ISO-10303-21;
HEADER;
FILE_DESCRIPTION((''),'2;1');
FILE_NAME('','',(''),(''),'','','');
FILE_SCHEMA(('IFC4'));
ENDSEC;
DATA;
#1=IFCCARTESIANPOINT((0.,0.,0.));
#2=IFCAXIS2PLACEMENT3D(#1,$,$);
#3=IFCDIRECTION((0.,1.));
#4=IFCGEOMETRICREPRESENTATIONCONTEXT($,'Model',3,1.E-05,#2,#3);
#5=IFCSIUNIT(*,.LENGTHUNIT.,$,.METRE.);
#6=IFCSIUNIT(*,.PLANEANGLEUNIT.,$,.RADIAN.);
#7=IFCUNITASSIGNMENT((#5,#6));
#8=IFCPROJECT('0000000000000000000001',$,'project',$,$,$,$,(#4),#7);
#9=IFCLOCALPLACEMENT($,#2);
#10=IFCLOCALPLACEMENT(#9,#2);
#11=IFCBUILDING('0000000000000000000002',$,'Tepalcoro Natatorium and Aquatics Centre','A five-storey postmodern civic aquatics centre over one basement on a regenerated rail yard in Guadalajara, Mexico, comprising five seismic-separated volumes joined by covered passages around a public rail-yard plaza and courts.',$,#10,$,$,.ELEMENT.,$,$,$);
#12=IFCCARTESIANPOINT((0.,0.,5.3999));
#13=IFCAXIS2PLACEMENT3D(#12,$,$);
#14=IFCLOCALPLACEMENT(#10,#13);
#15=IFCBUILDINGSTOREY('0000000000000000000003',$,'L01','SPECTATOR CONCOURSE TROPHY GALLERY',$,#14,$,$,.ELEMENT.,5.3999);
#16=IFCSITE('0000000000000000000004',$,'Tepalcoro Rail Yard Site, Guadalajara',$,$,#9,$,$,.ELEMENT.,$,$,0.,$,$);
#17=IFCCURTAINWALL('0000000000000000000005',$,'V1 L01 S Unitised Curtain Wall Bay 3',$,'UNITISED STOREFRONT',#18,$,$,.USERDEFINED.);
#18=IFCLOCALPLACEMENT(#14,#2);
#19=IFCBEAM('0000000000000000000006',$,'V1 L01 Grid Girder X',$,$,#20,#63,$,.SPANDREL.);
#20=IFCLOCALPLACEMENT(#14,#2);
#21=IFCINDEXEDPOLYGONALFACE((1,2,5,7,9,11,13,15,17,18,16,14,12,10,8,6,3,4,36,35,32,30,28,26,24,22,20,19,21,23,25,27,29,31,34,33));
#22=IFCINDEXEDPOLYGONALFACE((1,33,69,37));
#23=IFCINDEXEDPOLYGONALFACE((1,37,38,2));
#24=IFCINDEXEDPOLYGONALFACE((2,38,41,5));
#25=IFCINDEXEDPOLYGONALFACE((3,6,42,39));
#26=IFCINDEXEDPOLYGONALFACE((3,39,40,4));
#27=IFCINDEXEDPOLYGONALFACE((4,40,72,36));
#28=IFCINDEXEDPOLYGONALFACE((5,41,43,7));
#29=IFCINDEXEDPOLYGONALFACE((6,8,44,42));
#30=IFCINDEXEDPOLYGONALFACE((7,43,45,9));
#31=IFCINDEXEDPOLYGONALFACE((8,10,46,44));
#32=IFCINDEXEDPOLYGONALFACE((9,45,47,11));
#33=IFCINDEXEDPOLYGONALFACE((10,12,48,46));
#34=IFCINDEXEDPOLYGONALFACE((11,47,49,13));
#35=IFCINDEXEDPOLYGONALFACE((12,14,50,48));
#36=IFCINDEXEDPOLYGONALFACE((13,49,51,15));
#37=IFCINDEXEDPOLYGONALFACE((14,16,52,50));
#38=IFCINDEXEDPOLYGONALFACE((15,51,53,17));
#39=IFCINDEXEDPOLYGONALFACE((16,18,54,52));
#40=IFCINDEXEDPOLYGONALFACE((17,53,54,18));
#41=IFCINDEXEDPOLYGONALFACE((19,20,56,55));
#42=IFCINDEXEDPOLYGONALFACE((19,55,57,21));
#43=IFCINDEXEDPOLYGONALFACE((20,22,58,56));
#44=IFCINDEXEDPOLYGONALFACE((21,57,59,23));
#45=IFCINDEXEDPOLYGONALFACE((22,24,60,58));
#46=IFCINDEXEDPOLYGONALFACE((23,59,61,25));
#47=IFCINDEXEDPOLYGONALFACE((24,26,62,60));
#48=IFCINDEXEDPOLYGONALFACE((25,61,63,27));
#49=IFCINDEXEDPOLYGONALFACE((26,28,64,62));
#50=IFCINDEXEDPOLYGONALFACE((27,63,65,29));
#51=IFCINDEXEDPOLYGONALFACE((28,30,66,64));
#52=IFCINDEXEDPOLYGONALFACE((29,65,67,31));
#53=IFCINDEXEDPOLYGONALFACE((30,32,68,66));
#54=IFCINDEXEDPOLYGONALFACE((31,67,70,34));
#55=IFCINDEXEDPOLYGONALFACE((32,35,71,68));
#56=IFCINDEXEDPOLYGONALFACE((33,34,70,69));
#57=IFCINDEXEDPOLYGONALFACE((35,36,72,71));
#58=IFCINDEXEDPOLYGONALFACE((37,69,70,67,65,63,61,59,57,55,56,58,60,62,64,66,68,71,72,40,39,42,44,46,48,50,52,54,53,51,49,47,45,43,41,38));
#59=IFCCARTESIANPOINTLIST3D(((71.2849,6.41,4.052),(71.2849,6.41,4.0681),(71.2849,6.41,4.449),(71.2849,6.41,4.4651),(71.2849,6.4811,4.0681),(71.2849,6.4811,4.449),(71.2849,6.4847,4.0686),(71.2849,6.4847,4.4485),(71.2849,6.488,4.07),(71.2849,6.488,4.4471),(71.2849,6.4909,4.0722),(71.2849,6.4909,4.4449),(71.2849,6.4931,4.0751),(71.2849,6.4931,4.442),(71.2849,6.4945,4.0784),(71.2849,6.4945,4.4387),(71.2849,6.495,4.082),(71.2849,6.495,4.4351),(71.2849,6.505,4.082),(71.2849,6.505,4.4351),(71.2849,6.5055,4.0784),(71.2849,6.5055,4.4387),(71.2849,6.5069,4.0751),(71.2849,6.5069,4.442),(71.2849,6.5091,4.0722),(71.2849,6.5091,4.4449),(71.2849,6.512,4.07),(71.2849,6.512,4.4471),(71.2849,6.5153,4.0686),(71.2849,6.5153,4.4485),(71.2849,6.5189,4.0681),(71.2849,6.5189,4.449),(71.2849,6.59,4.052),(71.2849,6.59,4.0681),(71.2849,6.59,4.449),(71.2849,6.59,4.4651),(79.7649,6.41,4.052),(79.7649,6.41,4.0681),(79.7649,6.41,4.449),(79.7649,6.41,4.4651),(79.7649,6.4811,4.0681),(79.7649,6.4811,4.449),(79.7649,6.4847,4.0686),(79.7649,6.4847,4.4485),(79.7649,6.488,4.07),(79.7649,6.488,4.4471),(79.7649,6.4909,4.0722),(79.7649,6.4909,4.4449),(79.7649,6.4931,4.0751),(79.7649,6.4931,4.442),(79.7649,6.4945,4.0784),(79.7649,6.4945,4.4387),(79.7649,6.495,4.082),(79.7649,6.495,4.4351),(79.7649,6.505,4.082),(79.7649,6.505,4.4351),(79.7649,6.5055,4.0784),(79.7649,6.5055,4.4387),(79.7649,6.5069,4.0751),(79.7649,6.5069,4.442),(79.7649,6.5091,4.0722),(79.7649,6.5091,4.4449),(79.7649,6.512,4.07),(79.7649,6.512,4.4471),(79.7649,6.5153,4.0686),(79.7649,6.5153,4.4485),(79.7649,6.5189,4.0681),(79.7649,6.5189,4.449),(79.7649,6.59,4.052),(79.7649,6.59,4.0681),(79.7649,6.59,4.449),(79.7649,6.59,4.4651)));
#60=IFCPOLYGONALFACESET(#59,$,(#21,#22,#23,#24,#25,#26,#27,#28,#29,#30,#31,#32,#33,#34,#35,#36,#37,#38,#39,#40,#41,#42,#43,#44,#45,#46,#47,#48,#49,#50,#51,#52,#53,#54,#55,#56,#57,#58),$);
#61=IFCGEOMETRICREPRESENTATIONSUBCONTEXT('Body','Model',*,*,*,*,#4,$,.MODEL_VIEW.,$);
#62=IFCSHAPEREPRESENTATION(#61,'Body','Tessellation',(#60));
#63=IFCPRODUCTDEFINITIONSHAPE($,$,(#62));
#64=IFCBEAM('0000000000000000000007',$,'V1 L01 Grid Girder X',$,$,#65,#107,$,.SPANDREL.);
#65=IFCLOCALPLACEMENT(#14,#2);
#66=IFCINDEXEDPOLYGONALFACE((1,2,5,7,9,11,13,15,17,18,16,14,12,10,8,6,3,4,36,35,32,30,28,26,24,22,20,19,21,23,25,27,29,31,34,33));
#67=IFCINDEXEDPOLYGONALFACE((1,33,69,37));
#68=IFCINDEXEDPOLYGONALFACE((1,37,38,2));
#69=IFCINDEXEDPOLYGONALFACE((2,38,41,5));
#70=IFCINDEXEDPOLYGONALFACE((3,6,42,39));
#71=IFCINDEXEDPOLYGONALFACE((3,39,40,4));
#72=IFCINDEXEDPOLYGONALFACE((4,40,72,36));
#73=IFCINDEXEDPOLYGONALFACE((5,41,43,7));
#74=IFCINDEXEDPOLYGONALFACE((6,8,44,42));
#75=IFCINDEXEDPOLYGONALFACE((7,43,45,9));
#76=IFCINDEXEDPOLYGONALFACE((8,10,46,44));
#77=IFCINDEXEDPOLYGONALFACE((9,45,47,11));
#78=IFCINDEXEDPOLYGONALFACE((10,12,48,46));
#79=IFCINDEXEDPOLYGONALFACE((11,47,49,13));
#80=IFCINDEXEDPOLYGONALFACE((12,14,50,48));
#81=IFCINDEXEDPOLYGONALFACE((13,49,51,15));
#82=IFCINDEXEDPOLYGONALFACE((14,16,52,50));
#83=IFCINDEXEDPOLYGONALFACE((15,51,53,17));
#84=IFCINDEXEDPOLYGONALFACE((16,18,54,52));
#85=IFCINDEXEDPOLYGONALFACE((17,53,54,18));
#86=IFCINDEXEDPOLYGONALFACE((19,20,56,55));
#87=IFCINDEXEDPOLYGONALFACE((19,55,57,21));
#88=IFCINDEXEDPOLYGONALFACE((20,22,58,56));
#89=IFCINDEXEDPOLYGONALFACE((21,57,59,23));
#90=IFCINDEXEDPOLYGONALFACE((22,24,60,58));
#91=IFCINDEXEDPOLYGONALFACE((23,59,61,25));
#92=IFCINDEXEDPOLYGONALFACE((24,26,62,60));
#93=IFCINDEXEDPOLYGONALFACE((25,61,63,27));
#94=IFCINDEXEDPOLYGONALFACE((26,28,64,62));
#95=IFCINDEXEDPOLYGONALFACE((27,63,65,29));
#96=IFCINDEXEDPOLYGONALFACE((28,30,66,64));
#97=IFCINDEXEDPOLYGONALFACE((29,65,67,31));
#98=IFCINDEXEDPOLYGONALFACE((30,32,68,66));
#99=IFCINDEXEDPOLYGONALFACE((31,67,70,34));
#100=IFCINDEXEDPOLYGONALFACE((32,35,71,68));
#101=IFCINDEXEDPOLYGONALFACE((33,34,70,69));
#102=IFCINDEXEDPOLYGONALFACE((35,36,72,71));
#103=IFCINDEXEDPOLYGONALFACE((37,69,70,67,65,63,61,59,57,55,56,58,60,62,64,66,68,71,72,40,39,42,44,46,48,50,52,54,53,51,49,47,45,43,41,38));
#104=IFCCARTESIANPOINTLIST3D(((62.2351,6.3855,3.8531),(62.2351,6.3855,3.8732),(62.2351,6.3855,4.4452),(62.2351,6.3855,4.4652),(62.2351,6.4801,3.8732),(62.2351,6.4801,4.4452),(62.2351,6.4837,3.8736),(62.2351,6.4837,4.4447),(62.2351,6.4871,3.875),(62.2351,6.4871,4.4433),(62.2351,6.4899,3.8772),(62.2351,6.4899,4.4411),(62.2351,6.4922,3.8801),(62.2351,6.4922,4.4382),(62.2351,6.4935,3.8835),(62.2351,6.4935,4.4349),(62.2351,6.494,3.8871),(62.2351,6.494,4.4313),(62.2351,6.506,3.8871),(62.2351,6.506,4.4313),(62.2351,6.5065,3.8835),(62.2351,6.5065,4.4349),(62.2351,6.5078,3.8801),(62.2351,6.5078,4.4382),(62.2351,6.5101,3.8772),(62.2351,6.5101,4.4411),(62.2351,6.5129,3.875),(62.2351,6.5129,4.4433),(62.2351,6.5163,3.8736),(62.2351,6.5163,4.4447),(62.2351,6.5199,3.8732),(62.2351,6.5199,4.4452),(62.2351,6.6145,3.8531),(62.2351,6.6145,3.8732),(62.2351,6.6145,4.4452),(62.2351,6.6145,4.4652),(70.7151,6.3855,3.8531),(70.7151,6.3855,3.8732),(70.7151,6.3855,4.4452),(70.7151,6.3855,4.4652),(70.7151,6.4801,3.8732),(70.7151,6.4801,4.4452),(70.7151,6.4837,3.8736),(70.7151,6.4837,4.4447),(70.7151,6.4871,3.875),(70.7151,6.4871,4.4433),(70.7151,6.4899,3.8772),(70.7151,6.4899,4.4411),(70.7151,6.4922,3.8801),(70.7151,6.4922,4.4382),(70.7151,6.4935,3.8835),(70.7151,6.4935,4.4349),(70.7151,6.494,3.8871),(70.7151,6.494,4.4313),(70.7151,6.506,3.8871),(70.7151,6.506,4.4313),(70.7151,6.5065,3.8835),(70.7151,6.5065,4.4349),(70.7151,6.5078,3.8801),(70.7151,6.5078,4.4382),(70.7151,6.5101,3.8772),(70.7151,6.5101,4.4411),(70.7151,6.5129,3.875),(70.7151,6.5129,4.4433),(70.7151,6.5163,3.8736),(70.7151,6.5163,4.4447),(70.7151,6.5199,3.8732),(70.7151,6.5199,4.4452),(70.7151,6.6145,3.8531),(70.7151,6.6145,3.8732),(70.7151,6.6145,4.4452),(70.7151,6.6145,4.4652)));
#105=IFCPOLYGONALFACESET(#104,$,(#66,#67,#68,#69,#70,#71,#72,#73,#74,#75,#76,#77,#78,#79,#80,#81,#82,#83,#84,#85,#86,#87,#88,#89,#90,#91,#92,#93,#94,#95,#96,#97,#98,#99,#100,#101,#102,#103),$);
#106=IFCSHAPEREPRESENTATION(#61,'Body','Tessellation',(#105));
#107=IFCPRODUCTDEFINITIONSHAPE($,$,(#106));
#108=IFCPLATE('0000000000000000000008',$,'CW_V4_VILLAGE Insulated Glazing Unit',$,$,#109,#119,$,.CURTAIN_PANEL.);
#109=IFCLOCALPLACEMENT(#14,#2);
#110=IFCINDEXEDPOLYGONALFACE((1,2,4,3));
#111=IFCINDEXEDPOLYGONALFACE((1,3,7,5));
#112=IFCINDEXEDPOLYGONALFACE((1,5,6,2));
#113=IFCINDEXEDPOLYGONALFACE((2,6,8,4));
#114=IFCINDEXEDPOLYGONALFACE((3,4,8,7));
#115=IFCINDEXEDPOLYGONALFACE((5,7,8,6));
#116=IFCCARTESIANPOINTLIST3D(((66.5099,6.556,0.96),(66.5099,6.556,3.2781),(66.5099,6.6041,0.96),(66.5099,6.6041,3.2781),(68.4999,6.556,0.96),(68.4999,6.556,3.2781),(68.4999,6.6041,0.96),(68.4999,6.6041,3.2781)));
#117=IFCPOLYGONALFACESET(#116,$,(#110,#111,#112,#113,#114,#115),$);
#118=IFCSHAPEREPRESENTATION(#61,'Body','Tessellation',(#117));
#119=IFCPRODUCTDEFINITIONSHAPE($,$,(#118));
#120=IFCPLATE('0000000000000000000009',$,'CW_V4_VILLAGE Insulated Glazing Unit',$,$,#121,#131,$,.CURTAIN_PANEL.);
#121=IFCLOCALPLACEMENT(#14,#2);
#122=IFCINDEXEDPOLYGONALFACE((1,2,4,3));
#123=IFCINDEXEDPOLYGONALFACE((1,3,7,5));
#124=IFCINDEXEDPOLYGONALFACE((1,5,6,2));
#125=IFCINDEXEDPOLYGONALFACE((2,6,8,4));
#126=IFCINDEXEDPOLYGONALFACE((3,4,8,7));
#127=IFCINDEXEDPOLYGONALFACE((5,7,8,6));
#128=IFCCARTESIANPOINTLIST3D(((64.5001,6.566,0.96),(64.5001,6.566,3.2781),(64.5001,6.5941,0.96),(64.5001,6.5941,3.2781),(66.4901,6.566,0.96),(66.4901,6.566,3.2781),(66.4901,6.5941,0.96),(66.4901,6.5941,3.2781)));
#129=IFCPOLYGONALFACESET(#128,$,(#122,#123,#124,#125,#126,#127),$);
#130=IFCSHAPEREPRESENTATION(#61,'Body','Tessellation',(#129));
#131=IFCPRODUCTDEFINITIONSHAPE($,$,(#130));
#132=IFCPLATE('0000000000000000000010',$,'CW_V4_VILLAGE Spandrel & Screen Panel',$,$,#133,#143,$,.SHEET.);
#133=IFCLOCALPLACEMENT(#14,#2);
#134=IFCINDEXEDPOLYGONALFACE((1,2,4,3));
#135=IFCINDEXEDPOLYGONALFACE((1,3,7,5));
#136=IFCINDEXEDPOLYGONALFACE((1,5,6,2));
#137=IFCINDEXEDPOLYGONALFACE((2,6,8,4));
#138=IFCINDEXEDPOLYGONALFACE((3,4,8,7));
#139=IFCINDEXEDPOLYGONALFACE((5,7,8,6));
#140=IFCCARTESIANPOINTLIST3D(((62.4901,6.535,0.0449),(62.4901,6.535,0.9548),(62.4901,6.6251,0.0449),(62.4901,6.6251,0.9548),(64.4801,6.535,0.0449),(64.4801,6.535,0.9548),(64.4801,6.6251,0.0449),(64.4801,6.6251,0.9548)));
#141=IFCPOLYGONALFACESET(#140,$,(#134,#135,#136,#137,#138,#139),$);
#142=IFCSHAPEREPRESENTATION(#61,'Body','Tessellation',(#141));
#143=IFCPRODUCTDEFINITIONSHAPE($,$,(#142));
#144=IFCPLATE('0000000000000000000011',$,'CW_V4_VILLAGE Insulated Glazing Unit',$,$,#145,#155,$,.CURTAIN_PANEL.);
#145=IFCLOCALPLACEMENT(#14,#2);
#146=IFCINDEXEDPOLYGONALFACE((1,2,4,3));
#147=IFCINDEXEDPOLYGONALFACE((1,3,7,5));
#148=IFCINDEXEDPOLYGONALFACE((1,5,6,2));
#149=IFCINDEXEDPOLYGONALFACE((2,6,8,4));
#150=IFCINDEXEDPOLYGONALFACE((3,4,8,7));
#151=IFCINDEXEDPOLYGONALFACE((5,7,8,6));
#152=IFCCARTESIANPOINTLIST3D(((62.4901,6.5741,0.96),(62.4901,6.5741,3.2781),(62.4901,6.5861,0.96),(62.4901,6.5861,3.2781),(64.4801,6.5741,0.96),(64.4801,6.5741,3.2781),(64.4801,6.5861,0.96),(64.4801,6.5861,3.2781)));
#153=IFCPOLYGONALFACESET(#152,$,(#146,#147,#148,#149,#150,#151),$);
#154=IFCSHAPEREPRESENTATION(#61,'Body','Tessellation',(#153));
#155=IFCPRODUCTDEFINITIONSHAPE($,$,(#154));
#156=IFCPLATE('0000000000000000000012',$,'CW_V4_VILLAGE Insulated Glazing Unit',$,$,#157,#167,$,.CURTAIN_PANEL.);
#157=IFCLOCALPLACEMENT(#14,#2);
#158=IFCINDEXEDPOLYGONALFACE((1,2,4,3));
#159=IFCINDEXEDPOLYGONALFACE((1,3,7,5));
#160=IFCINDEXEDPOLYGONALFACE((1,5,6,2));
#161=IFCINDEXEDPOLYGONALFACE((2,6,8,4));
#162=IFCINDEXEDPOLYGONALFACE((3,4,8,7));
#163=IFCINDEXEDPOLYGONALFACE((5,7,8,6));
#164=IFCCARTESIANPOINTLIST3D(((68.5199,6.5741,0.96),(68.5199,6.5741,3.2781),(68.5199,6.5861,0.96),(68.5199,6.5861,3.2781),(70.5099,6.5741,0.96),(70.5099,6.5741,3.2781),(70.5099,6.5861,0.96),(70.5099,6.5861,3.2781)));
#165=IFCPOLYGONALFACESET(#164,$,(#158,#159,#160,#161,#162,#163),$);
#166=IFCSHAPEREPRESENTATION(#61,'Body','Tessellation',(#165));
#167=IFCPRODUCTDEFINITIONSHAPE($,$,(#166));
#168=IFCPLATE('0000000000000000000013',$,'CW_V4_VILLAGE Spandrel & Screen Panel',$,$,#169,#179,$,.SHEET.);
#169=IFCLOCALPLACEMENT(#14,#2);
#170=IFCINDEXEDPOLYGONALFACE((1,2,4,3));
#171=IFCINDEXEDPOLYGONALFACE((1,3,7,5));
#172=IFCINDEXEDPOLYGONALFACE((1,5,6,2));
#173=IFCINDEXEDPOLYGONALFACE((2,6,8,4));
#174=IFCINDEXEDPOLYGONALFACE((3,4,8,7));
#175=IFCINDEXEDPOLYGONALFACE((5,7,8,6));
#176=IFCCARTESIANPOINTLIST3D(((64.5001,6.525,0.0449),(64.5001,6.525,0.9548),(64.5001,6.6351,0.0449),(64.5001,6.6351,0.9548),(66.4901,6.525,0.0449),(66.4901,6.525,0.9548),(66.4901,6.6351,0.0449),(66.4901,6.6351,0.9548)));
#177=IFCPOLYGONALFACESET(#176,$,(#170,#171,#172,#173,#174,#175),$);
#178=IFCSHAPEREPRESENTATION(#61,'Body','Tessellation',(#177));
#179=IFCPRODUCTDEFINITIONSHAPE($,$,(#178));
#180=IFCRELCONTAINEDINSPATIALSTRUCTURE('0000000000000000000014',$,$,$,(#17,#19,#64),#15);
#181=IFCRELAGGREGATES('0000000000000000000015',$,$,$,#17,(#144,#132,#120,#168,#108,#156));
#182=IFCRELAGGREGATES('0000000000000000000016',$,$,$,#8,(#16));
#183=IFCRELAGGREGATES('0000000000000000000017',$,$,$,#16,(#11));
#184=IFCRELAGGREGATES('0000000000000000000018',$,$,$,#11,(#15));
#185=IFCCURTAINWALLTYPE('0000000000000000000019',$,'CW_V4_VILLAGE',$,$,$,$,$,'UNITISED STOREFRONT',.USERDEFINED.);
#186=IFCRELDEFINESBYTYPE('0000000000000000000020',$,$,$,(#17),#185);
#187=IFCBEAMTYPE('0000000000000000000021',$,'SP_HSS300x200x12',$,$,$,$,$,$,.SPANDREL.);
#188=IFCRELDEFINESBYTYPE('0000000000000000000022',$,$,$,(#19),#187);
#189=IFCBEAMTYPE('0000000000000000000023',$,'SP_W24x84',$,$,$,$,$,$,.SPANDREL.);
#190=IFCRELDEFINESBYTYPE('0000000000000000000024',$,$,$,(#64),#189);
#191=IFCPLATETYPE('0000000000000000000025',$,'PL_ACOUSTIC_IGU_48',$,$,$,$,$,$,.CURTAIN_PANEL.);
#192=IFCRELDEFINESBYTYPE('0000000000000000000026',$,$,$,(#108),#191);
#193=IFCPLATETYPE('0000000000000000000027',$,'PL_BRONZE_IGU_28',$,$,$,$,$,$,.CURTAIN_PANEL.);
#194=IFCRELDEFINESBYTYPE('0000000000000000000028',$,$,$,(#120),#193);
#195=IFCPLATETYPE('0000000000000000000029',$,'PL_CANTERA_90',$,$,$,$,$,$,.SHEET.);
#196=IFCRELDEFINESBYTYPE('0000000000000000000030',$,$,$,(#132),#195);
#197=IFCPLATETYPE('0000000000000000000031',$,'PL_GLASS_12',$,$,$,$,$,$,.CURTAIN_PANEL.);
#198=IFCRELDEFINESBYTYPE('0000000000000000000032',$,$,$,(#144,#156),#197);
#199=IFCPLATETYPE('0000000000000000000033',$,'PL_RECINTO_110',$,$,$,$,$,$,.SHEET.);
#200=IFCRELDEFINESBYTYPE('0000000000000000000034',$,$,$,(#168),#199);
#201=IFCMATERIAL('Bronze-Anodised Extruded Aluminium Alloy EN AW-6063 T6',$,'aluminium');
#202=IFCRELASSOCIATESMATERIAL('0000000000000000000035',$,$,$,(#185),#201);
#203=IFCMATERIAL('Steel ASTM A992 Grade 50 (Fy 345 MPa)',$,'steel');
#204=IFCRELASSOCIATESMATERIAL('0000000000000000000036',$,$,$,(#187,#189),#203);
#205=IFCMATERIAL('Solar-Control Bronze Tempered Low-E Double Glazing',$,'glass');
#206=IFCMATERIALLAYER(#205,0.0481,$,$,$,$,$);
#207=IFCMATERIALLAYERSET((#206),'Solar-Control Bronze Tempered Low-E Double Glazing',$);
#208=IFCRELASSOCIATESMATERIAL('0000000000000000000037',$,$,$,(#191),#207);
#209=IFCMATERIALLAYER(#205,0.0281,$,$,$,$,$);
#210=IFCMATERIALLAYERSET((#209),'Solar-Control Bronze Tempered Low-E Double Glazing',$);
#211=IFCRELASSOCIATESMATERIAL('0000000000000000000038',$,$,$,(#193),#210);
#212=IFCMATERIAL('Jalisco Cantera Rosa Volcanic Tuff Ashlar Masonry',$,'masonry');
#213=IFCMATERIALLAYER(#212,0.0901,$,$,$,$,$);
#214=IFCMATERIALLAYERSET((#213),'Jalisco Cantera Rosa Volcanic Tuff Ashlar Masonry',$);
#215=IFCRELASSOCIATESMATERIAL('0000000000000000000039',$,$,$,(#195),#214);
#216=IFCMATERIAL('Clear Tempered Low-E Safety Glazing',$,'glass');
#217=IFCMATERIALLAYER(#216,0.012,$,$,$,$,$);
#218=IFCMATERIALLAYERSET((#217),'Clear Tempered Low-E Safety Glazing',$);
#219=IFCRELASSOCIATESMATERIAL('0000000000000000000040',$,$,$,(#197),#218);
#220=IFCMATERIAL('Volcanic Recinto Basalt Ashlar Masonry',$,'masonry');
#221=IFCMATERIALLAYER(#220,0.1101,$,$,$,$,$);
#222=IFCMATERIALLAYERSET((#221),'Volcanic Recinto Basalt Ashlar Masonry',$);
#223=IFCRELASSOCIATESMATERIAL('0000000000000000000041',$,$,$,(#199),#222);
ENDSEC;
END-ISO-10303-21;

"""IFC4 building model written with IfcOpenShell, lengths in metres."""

from ifc_helpers import new_model, si_unit, direction, frame, origin, origin_2d, place, context, subcontext, project, spatial, rectangle, i_section, extrude, material, layer, layer_set, material_profile, profile_set, type_object, element, aggregate, save


model = new_model("IFC4")

# Units and contexts
model_context = context("Model", 3, precision=1e-05, world=origin(), true_north=direction((0.0, 1.0)))
body_context = subcontext(model_context, "Body", "Model", "MODEL_VIEW")
ifc_project = project(units=[si_unit("LENGTHUNIT", "METRE"), si_unit("PLANEANGLEUNIT", "RADIAN")], contexts=[model_context])

# Site, building, storey
site_placement = place(None, origin())
site = spatial("IfcSite", under=ifc_project, at=site_placement, Name="Tepalcoro Rail Yard Site, Guadalajara", CompositionType="ELEMENT", RefElevation=0.0)
building_placement = place(site_placement, origin())
building = spatial("IfcBuilding", under=site, at=building_placement, Name="Tepalcoro Natatorium and Aquatics Centre", Description="A five-storey postmodern civic aquatics centre over one basement on a regenerated rail yard in Guadalajara, Mexico, comprising five seismic-separated volumes joined by covered passages around a public rail-yard plaza and courts.", CompositionType="ELEMENT")
storey_placement = place(building_placement, frame((0.0, 0.0, 5.3999)))
storey = spatial("IfcBuildingStorey", under=building, at=storey_placement, Name="L01", Description="SPECTATOR CONCOURSE TROPHY GALLERY", CompositionType="ELEMENT", Elevation=5.3999)

# Curtain wall
ifc_material_1 = material(Name="Bronze-Anodised Extruded Aluminium Alloy EN AW-6063 T6", Category="aluminium")
curtain_wall_type = type_object("IfcCurtainWallType", Name="CW_V4_VILLAGE", ElementType="UNITISED STOREFRONT", PredefinedType="USERDEFINED", material=ifc_material_1)
curtain_wall_placement = place(storey_placement, origin())
curtain_wall = element("IfcCurtainWall", 1, at=curtain_wall_placement, inside=storey, type_object=curtain_wall_type, Name="V1 L01 S Unitised Curtain Wall Bay 3", ObjectType="UNITISED STOREFRONT", PredefinedType="USERDEFINED")

# Beams
ifc_material_2 = material(Name="Steel ASTM A992 Grade 50 (Fy 345 MPa)", Category="steel")
ifc_material_profile_1 = material_profile(ifc_material_2, i_section(OverallWidth=0.1799, OverallDepth=0.4131, WebThickness=0.01, FlangeThickness=0.0161, FilletRadius=0.0139, at=origin_2d()), Name="W16X50")
ifc_profile_set_1 = profile_set([ifc_material_profile_1], Name="Steel ASTM A992 Grade 50 (Fy 345 MPa)")
beam_type_1 = type_object("IfcBeamType", Name="SP_HSS300x200x12", PredefinedType="SPANDREL", material=ifc_profile_set_1)
beam_1_placement = place(storey_placement, frame((71.2849, 6.5, 4.2585), z_axis=(1.0, 0.0, 0.0), x_axis=(0.0, 1.0, 0.0)))
element("IfcBeam", 2, at=beam_1_placement, inside=storey, type_object=beam_type_1, Name="V1 L01 Grid Girder X", PredefinedType="SPANDREL", context=body_context, shape_type="SweptSolid", body=[
    extrude(i_section(OverallWidth=0.1799, OverallDepth=0.4131, WebThickness=0.01, FlangeThickness=0.0161, FilletRadius=0.0139, at=origin_2d()), origin(), (0.0, 0.0, 1.0), 8.48),
])
ifc_material_profile_2 = material_profile(ifc_material_2, i_section(OverallWidth=0.229, OverallDepth=0.6121, WebThickness=0.012, FlangeThickness=0.02, FilletRadius=0.0139, at=origin_2d()), Name="W24X84")
ifc_profile_set_2 = profile_set([ifc_material_profile_2], Name="Steel ASTM A992 Grade 50 (Fy 345 MPa)")
beam_type_2 = type_object("IfcBeamType", Name="SP_W24x84", PredefinedType="SPANDREL", material=ifc_profile_set_2)
beam_2_placement = place(storey_placement, frame((62.2351, 6.5, 4.1592), z_axis=(1.0, 0.0, 0.0), x_axis=(0.0, 1.0, 0.0)))
element("IfcBeam", 3, at=beam_2_placement, inside=storey, type_object=beam_type_2, Name="V1 L01 Grid Girder X", PredefinedType="SPANDREL", context=body_context, shape_type="SweptSolid", body=[
    extrude(i_section(OverallWidth=0.229, OverallDepth=0.6121, WebThickness=0.012, FlangeThickness=0.02, FilletRadius=0.0139, at=origin_2d()), origin(), (0.0, 0.0, 1.0), 8.48),
])

# Plates
ifc_material_3 = material(Name="Solar-Control Bronze Tempered Low-E Double Glazing", Category="glass")
ifc_layer_1 = layer(ifc_material_3, 0.0481)
ifc_layer_set_1 = layer_set([ifc_layer_1], Name="Solar-Control Bronze Tempered Low-E Double Glazing")
plate_type_1 = type_object("IfcPlateType", Name="PL_ACOUSTIC_IGU_48", PredefinedType="CURTAIN_PANEL", material=ifc_layer_set_1)
plate_1_placement = place(storey_placement, frame((67.5049, 6.5801, 0.96), z_axis=(0.0, 0.0, 1.0), x_axis=(1.0, 0.0, 0.0)))
plate_1 = element("IfcPlate", 4, at=plate_1_placement, type_object=plate_type_1, Name="CW_V4_VILLAGE Insulated Glazing Unit", PredefinedType="CURTAIN_PANEL", context=body_context, shape_type="SweptSolid", body=[
    extrude(rectangle(XDim=1.99, YDim=0.0481, at=origin_2d()), origin(), (0.0, 0.0, 1.0), 2.3181),
])
ifc_layer_2 = layer(ifc_material_3, 0.0281)
ifc_layer_set_2 = layer_set([ifc_layer_2], Name="Solar-Control Bronze Tempered Low-E Double Glazing")
plate_type_2 = type_object("IfcPlateType", Name="PL_BRONZE_IGU_28", PredefinedType="CURTAIN_PANEL", material=ifc_layer_set_2)
plate_2_placement = place(storey_placement, frame((65.4951, 6.5801, 0.96), z_axis=(0.0, 0.0, 1.0), x_axis=(1.0, 0.0, 0.0)))
plate_2 = element("IfcPlate", 5, at=plate_2_placement, type_object=plate_type_2, Name="CW_V4_VILLAGE Insulated Glazing Unit", PredefinedType="CURTAIN_PANEL", context=body_context, shape_type="SweptSolid", body=[
    extrude(rectangle(XDim=1.99, YDim=0.0281, at=origin_2d()), origin(), (0.0, 0.0, 1.0), 2.3181),
])
ifc_material_4 = material(Name="Jalisco Cantera Rosa Volcanic Tuff Ashlar Masonry", Category="masonry")
ifc_layer_3 = layer(ifc_material_4, 0.0901)
ifc_layer_set_3 = layer_set([ifc_layer_3], Name="Jalisco Cantera Rosa Volcanic Tuff Ashlar Masonry")
plate_type_3 = type_object("IfcPlateType", Name="PL_CANTERA_90", PredefinedType="SHEET", material=ifc_layer_set_3)
plate_3_placement = place(storey_placement, frame((63.4851, 6.5801, 0.0449), z_axis=(0.0, 0.0, 1.0), x_axis=(1.0, 0.0, 0.0)))
plate_3 = element("IfcPlate", 6, at=plate_3_placement, type_object=plate_type_3, Name="CW_V4_VILLAGE Spandrel & Screen Panel", PredefinedType="SHEET", context=body_context, shape_type="SweptSolid", body=[
    extrude(rectangle(XDim=1.99, YDim=0.0901, at=origin_2d()), origin(), (0.0, 0.0, 1.0), 0.9099),
])
ifc_material_5 = material(Name="Clear Tempered Low-E Safety Glazing", Category="glass")
ifc_layer_4 = layer(ifc_material_5, 0.012)
ifc_layer_set_4 = layer_set([ifc_layer_4], Name="Clear Tempered Low-E Safety Glazing")
plate_type_4 = type_object("IfcPlateType", Name="PL_GLASS_12", PredefinedType="CURTAIN_PANEL", material=ifc_layer_set_4)
plate_4_placement = place(storey_placement, frame((63.4851, 6.5801, 0.96), z_axis=(0.0, 0.0, 1.0), x_axis=(1.0, 0.0, 0.0)))
plate_4 = element("IfcPlate", 7, at=plate_4_placement, type_object=plate_type_4, Name="CW_V4_VILLAGE Insulated Glazing Unit", PredefinedType="CURTAIN_PANEL", context=body_context, shape_type="SweptSolid", body=[
    extrude(rectangle(XDim=1.99, YDim=0.012, at=origin_2d()), origin(), (0.0, 0.0, 1.0), 2.3181),
])
plate_5_placement = place(storey_placement, frame((69.5149, 6.5801, 0.96), z_axis=(0.0, 0.0, 1.0), x_axis=(1.0, 0.0, 0.0)))
plate_5 = element("IfcPlate", 8, at=plate_5_placement, type_object=plate_type_4, Name="CW_V4_VILLAGE Insulated Glazing Unit", PredefinedType="CURTAIN_PANEL", context=body_context, shape_type="SweptSolid", body=[
    extrude(rectangle(XDim=1.99, YDim=0.012, at=origin_2d()), origin(), (0.0, 0.0, 1.0), 2.3181),
])
ifc_material_6 = material(Name="Volcanic Recinto Basalt Ashlar Masonry", Category="masonry")
ifc_layer_5 = layer(ifc_material_6, 0.1101)
ifc_layer_set_5 = layer_set([ifc_layer_5], Name="Volcanic Recinto Basalt Ashlar Masonry")
plate_type_5 = type_object("IfcPlateType", Name="PL_RECINTO_110", PredefinedType="SHEET", material=ifc_layer_set_5)
plate_6_placement = place(storey_placement, frame((65.4951, 6.5801, 0.0449), z_axis=(0.0, 0.0, 1.0), x_axis=(1.0, 0.0, 0.0)))
plate_6 = element("IfcPlate", 9, at=plate_6_placement, type_object=plate_type_5, Name="CW_V4_VILLAGE Spandrel & Screen Panel", PredefinedType="SHEET", context=body_context, shape_type="SweptSolid", body=[
    extrude(rectangle(XDim=1.99, YDim=0.1101, at=origin_2d()), origin(), (0.0, 0.0, 1.0), 0.9099),
])
aggregate(curtain_wall, [plate_4, plate_3, plate_2, plate_6, plate_1, plate_5])

save(model, "model.ifc")
